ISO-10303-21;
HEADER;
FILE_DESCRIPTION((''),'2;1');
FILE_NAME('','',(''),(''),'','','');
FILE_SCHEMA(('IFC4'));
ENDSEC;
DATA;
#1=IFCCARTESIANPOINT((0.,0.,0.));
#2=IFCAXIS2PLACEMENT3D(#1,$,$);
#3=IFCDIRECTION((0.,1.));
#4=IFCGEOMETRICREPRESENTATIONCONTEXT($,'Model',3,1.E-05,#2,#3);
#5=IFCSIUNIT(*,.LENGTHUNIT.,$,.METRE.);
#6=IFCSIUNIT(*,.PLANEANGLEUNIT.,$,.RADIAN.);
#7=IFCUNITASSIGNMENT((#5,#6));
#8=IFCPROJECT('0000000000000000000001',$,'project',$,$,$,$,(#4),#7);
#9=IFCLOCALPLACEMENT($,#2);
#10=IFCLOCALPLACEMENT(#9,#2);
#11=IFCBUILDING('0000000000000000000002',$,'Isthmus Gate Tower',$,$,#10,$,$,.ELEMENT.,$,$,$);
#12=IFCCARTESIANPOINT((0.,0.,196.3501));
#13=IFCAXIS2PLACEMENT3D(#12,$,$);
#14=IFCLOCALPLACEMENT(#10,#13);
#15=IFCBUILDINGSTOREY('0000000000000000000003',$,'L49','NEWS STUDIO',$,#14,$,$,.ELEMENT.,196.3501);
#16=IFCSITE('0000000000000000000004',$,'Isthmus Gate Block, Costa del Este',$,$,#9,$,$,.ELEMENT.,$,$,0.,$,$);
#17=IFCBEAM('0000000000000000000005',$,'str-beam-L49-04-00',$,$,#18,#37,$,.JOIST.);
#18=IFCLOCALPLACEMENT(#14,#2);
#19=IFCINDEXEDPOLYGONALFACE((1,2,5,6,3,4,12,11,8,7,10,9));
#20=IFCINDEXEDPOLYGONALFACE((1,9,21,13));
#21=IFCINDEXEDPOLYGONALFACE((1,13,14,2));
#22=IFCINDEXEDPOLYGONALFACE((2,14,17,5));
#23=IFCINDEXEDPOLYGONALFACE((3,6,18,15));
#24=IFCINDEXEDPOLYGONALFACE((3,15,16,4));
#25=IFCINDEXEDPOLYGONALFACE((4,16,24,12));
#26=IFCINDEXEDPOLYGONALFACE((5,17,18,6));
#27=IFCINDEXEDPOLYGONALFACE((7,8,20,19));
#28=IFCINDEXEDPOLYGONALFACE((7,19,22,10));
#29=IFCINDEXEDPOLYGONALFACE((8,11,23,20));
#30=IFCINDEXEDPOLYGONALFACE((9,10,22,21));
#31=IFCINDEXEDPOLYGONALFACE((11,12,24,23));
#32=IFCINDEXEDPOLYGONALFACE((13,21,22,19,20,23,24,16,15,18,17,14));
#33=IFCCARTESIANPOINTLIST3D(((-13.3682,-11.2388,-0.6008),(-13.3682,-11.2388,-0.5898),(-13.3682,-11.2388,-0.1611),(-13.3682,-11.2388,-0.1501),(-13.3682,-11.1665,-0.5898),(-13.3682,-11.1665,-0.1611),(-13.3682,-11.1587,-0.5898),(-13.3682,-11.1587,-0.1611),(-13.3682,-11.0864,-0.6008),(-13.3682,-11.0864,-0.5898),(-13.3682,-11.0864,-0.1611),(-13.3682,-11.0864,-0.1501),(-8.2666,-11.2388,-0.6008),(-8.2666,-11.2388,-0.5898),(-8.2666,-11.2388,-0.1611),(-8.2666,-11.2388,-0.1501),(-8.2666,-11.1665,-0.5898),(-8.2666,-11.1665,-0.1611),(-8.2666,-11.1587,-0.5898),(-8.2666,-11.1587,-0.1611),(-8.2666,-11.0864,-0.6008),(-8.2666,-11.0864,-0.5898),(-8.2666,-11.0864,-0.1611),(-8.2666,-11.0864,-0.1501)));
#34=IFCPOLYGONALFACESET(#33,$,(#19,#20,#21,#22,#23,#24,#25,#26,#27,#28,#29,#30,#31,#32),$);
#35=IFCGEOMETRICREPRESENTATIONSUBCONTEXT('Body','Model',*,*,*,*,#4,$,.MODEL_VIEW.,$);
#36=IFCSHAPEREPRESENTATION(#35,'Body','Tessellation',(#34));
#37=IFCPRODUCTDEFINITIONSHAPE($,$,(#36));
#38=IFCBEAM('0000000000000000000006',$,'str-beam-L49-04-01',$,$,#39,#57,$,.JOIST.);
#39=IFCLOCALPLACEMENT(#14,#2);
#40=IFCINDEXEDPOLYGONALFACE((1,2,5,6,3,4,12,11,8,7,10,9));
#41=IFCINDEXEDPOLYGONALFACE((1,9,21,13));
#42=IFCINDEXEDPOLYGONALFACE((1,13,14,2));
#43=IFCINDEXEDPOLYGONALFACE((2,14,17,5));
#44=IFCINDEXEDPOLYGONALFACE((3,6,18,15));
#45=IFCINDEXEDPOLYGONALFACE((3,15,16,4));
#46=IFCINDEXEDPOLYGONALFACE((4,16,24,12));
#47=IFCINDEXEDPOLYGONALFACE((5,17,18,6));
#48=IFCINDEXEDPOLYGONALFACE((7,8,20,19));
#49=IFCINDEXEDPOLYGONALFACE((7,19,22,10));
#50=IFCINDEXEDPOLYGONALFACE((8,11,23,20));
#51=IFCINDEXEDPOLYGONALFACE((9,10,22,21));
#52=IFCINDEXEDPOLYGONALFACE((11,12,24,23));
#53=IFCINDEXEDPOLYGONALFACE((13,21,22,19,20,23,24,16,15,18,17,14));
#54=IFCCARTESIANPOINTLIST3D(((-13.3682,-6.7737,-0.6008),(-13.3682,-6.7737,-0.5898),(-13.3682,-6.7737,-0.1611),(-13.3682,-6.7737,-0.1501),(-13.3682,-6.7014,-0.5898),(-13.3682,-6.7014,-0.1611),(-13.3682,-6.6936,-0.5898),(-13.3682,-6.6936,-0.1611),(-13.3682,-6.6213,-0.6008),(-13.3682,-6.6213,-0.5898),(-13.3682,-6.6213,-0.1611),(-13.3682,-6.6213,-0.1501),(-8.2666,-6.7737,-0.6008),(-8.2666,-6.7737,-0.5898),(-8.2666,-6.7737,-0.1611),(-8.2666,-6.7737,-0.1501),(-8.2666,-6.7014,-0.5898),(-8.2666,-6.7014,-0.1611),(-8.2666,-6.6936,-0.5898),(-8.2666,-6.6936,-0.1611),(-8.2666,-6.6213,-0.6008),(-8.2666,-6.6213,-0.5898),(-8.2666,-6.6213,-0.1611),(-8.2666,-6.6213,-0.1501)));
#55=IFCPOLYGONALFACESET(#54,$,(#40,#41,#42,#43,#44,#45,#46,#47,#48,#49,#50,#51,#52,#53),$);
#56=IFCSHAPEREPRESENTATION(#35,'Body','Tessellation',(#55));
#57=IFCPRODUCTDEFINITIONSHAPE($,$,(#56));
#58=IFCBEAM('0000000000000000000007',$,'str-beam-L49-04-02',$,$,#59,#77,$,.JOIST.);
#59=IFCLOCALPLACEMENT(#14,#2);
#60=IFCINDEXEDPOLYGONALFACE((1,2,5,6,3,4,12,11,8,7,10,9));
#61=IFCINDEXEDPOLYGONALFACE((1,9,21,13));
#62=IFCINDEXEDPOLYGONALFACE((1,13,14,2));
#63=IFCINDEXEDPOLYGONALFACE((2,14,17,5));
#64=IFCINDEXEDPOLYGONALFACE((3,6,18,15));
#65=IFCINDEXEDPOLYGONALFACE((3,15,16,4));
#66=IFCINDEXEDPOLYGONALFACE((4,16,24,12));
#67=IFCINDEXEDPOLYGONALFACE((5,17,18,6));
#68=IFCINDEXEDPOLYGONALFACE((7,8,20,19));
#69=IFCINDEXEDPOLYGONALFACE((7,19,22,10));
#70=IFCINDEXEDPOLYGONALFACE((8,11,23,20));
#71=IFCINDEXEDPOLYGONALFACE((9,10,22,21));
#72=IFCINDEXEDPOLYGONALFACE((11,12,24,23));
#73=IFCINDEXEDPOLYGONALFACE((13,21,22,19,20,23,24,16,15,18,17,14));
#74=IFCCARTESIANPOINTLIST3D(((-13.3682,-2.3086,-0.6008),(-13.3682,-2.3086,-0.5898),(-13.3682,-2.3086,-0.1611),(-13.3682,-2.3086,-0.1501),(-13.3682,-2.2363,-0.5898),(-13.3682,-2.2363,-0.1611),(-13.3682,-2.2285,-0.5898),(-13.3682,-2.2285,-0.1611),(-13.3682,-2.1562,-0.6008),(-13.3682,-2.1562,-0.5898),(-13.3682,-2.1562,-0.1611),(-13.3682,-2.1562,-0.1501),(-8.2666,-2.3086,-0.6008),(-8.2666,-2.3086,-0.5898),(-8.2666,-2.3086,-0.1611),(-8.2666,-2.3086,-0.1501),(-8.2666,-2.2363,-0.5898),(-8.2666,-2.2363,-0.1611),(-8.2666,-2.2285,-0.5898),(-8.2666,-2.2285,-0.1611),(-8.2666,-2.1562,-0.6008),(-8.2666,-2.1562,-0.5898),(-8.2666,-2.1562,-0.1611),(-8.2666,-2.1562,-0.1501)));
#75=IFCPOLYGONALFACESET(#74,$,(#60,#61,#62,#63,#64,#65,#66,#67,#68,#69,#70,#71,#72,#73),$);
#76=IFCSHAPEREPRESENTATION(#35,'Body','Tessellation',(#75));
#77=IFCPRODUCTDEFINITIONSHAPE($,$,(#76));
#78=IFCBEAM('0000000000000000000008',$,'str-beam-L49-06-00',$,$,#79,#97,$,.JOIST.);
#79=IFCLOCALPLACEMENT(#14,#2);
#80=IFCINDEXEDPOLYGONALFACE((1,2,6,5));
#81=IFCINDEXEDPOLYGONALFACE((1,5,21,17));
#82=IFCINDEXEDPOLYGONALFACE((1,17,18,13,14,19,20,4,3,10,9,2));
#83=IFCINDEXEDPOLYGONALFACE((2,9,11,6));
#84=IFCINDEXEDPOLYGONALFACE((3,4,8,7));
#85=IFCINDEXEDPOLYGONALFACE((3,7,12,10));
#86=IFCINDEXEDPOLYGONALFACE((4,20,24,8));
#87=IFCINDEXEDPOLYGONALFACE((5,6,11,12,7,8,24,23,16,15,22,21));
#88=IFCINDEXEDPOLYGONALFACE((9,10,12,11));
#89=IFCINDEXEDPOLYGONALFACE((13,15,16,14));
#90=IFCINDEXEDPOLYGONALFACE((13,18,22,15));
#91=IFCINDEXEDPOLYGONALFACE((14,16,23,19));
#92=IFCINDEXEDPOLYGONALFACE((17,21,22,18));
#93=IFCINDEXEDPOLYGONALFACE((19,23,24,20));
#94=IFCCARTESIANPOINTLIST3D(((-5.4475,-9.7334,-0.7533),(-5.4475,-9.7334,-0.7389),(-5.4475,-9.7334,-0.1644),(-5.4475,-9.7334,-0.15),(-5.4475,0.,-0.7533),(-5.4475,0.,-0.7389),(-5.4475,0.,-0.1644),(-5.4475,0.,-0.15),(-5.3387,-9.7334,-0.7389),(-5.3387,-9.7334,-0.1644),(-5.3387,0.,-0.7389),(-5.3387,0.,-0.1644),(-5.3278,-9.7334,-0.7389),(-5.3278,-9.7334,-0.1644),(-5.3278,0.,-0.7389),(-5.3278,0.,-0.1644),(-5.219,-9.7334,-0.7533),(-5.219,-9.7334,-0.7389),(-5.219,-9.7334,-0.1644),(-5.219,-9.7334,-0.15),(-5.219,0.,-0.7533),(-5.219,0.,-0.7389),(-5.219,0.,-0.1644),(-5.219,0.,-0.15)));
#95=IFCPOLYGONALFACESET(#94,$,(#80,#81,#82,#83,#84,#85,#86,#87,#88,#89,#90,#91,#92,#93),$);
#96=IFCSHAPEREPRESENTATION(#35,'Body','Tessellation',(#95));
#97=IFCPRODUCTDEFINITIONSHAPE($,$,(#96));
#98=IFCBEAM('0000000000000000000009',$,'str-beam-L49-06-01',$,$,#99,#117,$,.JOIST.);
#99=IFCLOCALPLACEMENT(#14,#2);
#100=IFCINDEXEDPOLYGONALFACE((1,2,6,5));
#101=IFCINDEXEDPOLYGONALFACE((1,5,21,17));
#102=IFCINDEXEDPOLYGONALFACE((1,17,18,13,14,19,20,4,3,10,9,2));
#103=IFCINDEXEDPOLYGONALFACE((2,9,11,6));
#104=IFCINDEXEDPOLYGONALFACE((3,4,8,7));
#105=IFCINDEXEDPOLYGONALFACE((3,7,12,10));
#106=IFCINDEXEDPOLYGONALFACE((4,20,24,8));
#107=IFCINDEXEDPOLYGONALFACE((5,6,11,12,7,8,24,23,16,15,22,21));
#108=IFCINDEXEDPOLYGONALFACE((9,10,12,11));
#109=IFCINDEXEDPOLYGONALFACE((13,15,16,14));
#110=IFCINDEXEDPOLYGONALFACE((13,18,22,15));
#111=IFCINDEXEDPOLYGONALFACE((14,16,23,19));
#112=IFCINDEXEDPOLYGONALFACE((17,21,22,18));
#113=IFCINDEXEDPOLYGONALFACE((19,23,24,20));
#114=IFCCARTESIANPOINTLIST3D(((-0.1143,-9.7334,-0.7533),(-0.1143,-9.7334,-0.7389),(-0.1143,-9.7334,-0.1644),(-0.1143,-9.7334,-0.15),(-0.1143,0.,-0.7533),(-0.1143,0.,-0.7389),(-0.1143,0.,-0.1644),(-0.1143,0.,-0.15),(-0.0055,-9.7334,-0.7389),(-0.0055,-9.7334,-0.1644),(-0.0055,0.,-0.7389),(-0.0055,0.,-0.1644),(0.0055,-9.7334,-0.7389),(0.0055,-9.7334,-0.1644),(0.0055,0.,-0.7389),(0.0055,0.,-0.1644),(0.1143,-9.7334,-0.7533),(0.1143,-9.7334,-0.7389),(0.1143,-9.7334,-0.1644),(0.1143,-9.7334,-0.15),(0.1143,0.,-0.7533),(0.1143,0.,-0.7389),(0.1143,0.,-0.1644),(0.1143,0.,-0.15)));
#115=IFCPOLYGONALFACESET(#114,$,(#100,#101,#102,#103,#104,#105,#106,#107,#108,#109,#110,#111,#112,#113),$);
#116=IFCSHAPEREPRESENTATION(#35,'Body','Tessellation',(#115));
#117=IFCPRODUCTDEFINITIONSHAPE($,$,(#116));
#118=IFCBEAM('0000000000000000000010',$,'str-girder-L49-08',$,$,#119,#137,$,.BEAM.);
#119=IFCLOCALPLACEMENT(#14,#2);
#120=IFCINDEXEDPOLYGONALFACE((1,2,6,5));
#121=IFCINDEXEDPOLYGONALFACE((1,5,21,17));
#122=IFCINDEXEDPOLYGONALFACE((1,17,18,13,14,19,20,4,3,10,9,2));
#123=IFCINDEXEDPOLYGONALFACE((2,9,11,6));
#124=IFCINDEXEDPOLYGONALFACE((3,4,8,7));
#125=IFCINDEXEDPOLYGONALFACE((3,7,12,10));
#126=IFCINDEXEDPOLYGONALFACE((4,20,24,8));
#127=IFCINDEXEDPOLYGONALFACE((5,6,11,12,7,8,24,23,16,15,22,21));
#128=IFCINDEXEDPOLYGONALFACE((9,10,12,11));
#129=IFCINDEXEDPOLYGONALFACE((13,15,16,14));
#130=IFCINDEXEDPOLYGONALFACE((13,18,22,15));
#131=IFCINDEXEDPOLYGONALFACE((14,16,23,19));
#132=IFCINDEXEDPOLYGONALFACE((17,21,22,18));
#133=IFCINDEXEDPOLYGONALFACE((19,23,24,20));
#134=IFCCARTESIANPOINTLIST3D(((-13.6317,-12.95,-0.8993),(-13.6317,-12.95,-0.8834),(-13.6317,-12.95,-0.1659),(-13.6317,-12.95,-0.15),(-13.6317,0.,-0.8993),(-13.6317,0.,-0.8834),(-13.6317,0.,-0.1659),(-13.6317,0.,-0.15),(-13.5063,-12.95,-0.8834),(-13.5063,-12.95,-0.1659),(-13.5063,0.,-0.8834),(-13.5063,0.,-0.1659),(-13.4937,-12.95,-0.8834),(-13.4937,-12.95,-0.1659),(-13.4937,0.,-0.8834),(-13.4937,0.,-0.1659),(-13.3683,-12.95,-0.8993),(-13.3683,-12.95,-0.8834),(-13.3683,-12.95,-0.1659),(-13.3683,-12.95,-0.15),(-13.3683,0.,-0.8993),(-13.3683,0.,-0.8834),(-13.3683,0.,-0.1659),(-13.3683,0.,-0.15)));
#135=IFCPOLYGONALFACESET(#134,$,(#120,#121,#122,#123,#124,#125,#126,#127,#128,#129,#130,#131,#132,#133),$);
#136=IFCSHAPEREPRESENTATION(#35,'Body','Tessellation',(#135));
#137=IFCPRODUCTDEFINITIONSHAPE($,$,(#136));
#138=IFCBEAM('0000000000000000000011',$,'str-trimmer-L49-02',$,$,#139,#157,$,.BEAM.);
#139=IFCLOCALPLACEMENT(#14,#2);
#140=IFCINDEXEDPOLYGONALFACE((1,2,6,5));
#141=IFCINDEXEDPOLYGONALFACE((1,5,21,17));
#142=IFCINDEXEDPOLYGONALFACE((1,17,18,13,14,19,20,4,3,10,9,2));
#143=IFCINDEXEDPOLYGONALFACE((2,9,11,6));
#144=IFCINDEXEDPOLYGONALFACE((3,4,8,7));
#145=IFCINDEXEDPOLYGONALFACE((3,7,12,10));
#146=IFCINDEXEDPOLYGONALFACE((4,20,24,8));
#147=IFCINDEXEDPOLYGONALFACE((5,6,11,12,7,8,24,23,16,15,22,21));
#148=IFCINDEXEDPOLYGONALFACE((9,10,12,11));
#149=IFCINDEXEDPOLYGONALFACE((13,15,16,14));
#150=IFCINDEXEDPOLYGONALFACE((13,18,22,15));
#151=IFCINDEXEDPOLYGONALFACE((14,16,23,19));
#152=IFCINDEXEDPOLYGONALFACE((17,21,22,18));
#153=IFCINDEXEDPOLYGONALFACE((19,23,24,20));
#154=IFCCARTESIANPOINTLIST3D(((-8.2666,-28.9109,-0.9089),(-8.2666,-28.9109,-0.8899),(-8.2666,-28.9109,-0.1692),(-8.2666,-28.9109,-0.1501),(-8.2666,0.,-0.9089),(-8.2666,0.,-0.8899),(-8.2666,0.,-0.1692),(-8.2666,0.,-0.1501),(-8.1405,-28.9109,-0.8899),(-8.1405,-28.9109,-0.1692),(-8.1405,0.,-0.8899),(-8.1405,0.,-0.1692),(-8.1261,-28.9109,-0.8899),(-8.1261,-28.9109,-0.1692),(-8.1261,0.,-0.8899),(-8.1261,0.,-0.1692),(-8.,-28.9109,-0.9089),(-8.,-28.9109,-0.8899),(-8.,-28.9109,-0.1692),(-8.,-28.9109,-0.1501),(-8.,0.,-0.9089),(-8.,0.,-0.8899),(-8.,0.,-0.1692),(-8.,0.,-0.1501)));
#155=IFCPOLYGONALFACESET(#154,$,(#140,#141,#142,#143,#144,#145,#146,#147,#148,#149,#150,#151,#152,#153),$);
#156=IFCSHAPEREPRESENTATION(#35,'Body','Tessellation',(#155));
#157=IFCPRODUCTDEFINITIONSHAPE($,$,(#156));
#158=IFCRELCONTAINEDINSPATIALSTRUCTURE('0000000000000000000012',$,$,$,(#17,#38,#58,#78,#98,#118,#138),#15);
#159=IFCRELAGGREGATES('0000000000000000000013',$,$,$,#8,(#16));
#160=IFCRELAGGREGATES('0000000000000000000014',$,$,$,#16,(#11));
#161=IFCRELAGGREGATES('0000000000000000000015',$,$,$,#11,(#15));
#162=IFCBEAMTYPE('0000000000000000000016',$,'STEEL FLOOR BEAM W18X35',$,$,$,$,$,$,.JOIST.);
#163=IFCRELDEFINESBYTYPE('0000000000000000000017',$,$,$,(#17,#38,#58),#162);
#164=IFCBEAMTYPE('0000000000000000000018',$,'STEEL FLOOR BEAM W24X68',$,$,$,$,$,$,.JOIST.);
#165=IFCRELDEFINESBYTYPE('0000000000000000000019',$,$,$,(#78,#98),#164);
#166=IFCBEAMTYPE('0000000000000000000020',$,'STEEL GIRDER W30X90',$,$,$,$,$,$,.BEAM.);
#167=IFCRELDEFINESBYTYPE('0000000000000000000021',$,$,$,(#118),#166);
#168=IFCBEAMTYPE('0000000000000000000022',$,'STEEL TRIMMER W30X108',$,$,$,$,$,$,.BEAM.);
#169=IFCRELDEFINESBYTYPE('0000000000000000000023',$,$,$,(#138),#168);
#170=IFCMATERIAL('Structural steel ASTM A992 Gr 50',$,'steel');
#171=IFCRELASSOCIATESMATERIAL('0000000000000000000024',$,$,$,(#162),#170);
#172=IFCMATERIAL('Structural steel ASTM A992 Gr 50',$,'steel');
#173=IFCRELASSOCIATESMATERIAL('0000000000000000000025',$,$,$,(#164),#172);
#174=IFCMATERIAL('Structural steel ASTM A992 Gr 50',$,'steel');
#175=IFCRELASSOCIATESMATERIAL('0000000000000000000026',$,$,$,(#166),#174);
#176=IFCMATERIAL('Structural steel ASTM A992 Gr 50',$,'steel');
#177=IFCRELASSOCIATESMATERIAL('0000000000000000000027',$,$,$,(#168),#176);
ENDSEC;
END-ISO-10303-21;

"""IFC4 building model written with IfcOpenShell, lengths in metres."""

from ifc_helpers import new_model, si_unit, direction, frame, origin, origin_2d, place, context, subcontext, project, spatial, i_section, extrude, material, material_profile, profile_set, type_object, element, save


model = new_model("IFC4")

# Units and contexts
model_context = context("Model", 3, precision=1e-05, world=origin(), true_north=direction((0.0, 1.0)))
body_context = subcontext(model_context, "Body", "Model", "MODEL_VIEW")
ifc_project = project(units=[si_unit("LENGTHUNIT", "METRE"), si_unit("PLANEANGLEUNIT", "RADIAN")], contexts=[model_context])

# Site, building, storey
site_placement = place(None, origin())
site = spatial("IfcSite", under=ifc_project, at=site_placement, Name="Isthmus Gate Block, Costa del Este", CompositionType="ELEMENT", RefElevation=0.0)
building_placement = place(site_placement, origin())
building = spatial("IfcBuilding", under=site, at=building_placement, Name="Isthmus Gate Tower", CompositionType="ELEMENT")
storey_placement = place(building_placement, frame((0.0, 0.0, 196.3501)))
storey = spatial("IfcBuildingStorey", under=building, at=storey_placement, Name="L49", Description="NEWS STUDIO", CompositionType="ELEMENT", Elevation=196.3501)

# Beams
ifc_material_1 = material(Name="Structural steel ASTM A992 Gr 50", Category="steel")
ifc_material_profile_1 = material_profile(ifc_material_1, i_section(OverallWidth=0.1523, OverallDepth=0.4507, WebThickness=0.0078, FlangeThickness=0.011, at=origin_2d()), Name="W18X35")
ifc_profile_set_1 = profile_set([ifc_material_profile_1], Name="Structural steel ASTM A992 Gr 50")
beam_type_1 = type_object("IfcBeamType", Name="STEEL FLOOR BEAM W18X35", PredefinedType="JOIST", material=ifc_profile_set_1)
for number, where, z_axis, x_axis, name in (
    (1, (-13.3682, -11.1626, -0.3755), (1.0, 0.0, 0.0), (0.0, 1.0, 0.0), "str-beam-L49-04-00"),
    (2, (-13.3682, -6.6975, -0.3755), (1.0, 0.0, 0.0), (0.0, 1.0, 0.0), "str-beam-L49-04-01"),
    (3, (-13.3682, -2.2324, -0.3755), (1.0, 0.0, 0.0), (0.0, 1.0, 0.0), "str-beam-L49-04-02"),
):
    element("IfcBeam", number, at=place(storey_placement, frame(where, z_axis=z_axis, x_axis=x_axis)), inside=storey, type_object=beam_type_1, Name=name, PredefinedType="JOIST", context=body_context, shape_type="SweptSolid", body=[
        extrude(i_section(OverallWidth=0.1523, OverallDepth=0.4507, WebThickness=0.0078, FlangeThickness=0.011, at=origin_2d()), origin(), (0.0, 0.0, 1.0), 5.1016),
    ])
ifc_material_2 = material(Name="Structural steel ASTM A992 Gr 50", Category="steel")
ifc_material_profile_2 = material_profile(ifc_material_2, i_section(OverallWidth=0.2285, OverallDepth=0.6033, WebThickness=0.011, FlangeThickness=0.0144, at=origin_2d()), Name="W24X68")
ifc_profile_set_2 = profile_set([ifc_material_profile_2], Name="Structural steel ASTM A992 Gr 50")
beam_type_2 = type_object("IfcBeamType", Name="STEEL FLOOR BEAM W24X68", PredefinedType="JOIST", material=ifc_profile_set_2)
for number, where, z_axis, x_axis, name in (
    (4, (-5.3333, -9.7334, -0.4517), (0.0, 1.0, 0.0), (-1.0, 0.0, 0.0), "str-beam-L49-06-00"),
    (5, (0.0, -9.7334, -0.4517), (0.0, 1.0, 0.0), (-1.0, 0.0, 0.0), "str-beam-L49-06-01"),
):
    element("IfcBeam", number, at=place(storey_placement, frame(where, z_axis=z_axis, x_axis=x_axis)), inside=storey, type_object=beam_type_2, Name=name, PredefinedType="JOIST", context=body_context, shape_type="SweptSolid", body=[
        extrude(i_section(OverallWidth=0.2285, OverallDepth=0.6033, WebThickness=0.011, FlangeThickness=0.0144, at=origin_2d()), origin(), (0.0, 0.0, 1.0), 9.7334),
    ])
ifc_material_3 = material(Name="Structural steel ASTM A992 Gr 50", Category="steel")
ifc_material_profile_3 = material_profile(ifc_material_3, i_section(OverallWidth=0.2634, OverallDepth=0.7493, WebThickness=0.0127, FlangeThickness=0.0159, at=origin_2d()), Name="W30X90")
ifc_profile_set_3 = profile_set([ifc_material_profile_3], Name="Structural steel ASTM A992 Gr 50")
beam_type_3 = type_object("IfcBeamType", Name="STEEL GIRDER W30X90", PredefinedType="BEAM", material=ifc_profile_set_3)
beam_1_placement = place(storey_placement, frame((-13.5, -12.95, -0.5247), z_axis=(0.0, 1.0, 0.0), x_axis=(-1.0, 0.0, 0.0)))
element("IfcBeam", 6, at=beam_1_placement, inside=storey, type_object=beam_type_3, Name="str-girder-L49-08", PredefinedType="BEAM", context=body_context, shape_type="SweptSolid", body=[
    extrude(i_section(OverallWidth=0.2634, OverallDepth=0.7493, WebThickness=0.0127, FlangeThickness=0.0159, at=origin_2d()), origin(), (0.0, 0.0, 1.0), 12.95),
])
ifc_material_4 = material(Name="Structural steel ASTM A992 Gr 50", Category="steel")
ifc_material_profile_4 = material_profile(ifc_material_4, i_section(OverallWidth=0.2666, OverallDepth=0.7588, WebThickness=0.0144, FlangeThickness=0.019, at=origin_2d()), Name="W30X108")
ifc_profile_set_4 = profile_set([ifc_material_profile_4], Name="Structural steel ASTM A992 Gr 50")
beam_type_4 = type_object("IfcBeamType", Name="STEEL TRIMMER W30X108", PredefinedType="BEAM", material=ifc_profile_set_4)
beam_2_placement = place(storey_placement, frame((-8.1333, 0.0, -0.5295), z_axis=(0.0, -1.0, 0.0), x_axis=(1.0, 0.0, 0.0)))
element("IfcBeam", 7, at=beam_2_placement, inside=storey, type_object=beam_type_4, Name="str-trimmer-L49-02", PredefinedType="BEAM", context=body_context, shape_type="SweptSolid", body=[
    extrude(i_section(OverallWidth=0.2666, OverallDepth=0.7588, WebThickness=0.0144, FlangeThickness=0.019, at=origin_2d()), origin(), (0.0, 0.0, 1.0), 28.9109),
])

save(model, "model.ifc")
